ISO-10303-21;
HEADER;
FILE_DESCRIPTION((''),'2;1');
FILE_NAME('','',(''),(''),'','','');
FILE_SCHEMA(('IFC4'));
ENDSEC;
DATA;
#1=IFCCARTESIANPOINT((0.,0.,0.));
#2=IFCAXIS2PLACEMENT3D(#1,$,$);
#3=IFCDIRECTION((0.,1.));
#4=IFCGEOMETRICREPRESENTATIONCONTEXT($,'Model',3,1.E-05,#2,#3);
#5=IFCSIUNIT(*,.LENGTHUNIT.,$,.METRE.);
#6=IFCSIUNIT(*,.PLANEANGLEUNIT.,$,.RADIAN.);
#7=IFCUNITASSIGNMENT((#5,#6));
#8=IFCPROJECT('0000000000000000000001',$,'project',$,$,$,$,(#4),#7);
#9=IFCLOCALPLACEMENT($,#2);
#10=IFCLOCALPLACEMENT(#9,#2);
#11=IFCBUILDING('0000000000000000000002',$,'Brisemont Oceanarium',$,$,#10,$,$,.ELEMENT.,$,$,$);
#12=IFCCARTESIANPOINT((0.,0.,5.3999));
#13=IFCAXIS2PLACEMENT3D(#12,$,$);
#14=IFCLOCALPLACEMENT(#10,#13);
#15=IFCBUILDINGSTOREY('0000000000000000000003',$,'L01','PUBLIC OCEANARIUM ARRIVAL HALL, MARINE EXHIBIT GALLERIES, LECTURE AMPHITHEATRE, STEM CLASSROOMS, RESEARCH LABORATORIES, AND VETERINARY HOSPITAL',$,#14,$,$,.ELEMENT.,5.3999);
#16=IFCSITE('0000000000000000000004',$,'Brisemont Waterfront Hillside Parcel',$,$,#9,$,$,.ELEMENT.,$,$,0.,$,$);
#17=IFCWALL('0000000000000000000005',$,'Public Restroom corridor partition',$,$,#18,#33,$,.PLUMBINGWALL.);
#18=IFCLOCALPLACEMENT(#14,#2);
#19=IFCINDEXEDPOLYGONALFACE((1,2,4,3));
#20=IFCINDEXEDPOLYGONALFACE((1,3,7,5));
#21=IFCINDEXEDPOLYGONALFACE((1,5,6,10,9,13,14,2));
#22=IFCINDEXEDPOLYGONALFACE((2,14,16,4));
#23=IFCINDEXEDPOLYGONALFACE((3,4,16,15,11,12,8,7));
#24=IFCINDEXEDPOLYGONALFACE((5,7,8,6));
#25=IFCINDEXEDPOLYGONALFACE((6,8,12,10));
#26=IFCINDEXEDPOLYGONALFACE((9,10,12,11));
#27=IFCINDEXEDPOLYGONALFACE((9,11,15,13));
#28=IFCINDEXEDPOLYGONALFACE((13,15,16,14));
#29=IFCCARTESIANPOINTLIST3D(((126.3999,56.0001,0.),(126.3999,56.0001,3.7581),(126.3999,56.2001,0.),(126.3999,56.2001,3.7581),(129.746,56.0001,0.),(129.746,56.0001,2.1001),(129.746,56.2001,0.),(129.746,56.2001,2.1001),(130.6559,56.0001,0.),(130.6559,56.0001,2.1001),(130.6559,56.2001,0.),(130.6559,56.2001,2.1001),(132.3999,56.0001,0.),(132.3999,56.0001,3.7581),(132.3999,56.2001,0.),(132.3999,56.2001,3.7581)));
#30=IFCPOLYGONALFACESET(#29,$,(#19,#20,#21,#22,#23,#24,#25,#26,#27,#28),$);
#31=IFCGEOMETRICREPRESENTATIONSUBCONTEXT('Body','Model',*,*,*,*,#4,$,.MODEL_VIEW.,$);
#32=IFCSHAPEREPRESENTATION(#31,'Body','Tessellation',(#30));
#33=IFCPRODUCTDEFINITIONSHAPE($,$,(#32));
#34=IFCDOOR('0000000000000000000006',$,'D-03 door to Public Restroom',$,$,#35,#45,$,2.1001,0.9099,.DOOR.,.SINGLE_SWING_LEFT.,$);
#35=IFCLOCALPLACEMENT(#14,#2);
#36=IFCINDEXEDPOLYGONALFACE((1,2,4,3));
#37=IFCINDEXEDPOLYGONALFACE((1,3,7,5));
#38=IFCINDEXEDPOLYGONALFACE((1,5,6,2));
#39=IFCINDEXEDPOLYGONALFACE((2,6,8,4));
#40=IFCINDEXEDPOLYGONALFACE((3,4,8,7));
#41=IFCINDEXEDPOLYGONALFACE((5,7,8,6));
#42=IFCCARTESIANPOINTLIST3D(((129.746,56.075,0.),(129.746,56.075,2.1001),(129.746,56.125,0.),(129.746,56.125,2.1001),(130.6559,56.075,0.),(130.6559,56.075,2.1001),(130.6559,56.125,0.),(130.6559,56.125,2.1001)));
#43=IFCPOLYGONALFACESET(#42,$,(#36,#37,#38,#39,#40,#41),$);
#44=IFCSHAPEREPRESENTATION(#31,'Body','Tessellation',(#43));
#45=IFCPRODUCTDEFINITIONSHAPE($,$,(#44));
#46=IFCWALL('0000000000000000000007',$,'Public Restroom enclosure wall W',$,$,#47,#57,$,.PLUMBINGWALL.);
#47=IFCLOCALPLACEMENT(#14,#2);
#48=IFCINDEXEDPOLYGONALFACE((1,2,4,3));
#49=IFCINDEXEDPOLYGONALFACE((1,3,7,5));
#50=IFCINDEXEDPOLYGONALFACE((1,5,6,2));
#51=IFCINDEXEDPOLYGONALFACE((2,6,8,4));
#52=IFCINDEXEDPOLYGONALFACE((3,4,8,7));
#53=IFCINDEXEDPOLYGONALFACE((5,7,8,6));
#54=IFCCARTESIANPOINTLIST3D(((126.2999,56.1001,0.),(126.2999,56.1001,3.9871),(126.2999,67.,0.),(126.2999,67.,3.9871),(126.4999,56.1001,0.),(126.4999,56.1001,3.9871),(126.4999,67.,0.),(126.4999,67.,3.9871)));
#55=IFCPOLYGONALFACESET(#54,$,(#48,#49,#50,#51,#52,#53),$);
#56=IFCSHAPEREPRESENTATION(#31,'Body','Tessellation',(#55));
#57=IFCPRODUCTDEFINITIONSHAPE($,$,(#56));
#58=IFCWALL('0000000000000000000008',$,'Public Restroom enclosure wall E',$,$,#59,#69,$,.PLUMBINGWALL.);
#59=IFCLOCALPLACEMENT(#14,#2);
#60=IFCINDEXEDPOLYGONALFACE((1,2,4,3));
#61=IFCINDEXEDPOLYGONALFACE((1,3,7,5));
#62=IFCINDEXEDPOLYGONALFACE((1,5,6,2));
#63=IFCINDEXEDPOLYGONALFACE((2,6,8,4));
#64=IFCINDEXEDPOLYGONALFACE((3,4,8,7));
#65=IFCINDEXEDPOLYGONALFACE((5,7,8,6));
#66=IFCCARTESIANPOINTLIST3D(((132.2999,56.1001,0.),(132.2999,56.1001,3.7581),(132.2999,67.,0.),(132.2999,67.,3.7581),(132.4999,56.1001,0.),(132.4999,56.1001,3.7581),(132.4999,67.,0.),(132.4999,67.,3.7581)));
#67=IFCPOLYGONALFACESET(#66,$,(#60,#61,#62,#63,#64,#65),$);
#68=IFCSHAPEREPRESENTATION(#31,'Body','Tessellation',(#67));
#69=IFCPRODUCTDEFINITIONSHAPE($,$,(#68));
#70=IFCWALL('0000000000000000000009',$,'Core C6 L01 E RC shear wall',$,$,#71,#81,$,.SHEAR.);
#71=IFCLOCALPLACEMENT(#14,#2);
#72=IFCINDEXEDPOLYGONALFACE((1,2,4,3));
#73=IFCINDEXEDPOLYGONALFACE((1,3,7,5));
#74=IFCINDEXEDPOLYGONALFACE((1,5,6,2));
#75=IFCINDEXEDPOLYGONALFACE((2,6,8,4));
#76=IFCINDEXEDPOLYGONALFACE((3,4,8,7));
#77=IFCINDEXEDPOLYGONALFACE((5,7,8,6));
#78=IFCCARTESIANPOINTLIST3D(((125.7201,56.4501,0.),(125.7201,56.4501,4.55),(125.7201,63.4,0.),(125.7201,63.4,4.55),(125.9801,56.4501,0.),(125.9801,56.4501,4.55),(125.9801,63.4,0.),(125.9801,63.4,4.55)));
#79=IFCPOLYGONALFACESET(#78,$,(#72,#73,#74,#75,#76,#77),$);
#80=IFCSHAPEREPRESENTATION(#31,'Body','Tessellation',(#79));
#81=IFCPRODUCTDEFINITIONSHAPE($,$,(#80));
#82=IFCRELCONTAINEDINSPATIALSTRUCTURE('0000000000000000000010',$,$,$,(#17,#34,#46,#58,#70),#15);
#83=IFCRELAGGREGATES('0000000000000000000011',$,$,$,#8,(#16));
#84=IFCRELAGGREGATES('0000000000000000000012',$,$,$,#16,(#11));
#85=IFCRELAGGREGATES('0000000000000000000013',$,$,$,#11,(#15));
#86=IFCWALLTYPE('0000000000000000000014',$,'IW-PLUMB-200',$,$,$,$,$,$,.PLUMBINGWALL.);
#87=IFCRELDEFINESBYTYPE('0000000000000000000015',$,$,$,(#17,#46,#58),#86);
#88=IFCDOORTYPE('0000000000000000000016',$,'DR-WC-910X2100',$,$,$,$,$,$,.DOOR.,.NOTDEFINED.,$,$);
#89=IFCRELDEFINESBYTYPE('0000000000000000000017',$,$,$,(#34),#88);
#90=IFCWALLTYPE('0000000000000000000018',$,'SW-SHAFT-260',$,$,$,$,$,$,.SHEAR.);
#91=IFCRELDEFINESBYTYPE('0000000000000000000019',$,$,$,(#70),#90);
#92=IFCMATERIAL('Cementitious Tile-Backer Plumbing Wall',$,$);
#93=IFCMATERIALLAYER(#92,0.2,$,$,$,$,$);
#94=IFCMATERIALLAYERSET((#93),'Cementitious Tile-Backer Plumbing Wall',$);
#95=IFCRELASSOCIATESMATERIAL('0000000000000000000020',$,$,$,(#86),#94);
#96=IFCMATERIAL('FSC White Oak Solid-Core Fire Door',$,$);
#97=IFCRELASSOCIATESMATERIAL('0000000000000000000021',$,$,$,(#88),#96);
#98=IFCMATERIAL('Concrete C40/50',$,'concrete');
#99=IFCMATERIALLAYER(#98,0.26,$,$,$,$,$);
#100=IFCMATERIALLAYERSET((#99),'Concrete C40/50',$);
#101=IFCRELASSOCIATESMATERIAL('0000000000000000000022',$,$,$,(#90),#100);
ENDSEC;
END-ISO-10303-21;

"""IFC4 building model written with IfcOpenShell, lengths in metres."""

from ifc_helpers import new_model, si_unit, direction, frame, frame_2d, origin, place, context, subcontext, project, spatial, rectangle, extrude, material, layer, layer_set, type_object, element, fill, save


model = new_model("IFC4")

# Units and contexts
model_context = context("Model", 3, precision=1e-05, world=origin(), true_north=direction((0.0, 1.0)))
body_context = subcontext(model_context, "Body", "Model", "MODEL_VIEW")
ifc_project = project(units=[si_unit("LENGTHUNIT", "METRE"), si_unit("PLANEANGLEUNIT", "RADIAN")], contexts=[model_context])

# Site, building, storey
site_placement = place(None, origin())
site = spatial("IfcSite", under=ifc_project, at=site_placement, Name="Brisemont Waterfront Hillside Parcel", CompositionType="ELEMENT", RefElevation=0.0)
building_placement = place(site_placement, origin())
building = spatial("IfcBuilding", under=site, at=building_placement, Name="Brisemont Oceanarium", CompositionType="ELEMENT")
storey_placement = place(building_placement, frame((0.0, 0.0, 5.3999)))
storey = spatial("IfcBuildingStorey", under=building, at=storey_placement, Name="L01", Description="PUBLIC OCEANARIUM ARRIVAL HALL, MARINE EXHIBIT GALLERIES, LECTURE AMPHITHEATRE, STEM CLASSROOMS, RESEARCH LABORATORIES, AND VETERINARY HOSPITAL", CompositionType="ELEMENT", Elevation=5.3999)

# Wall, opening, door
ifc_material_1 = material(Name="Cementitious Tile-Backer Plumbing Wall")
ifc_layer_1 = layer(ifc_material_1, 0.2)
ifc_layer_set_1 = layer_set([ifc_layer_1], Name="Cementitious Tile-Backer Plumbing Wall")
wall_type_1 = type_object("IfcWallType", Name="IW-PLUMB-200", PredefinedType="PLUMBINGWALL", material=ifc_layer_set_1)
wall_1_placement = place(storey_placement, frame((126.3999, 56.1001, 0.0), z_axis=(0.0, 0.0, 1.0), x_axis=(1.0, 0.0, 0.0)))
wall_1 = element("IfcWall", 1, at=wall_1_placement, inside=storey, type_object=wall_type_1, Name="Public Restroom corridor partition", PredefinedType="PLUMBINGWALL", context=body_context, shape_type="SweptSolid", body=[
    extrude(rectangle(XDim=6.0, YDim=0.2, at=frame_2d((3.0, 0.0))), origin(), (0.0, 0.0, 1.0), 3.7581),
])
opening_1_placement = place(wall_1_placement, frame((3.3459, 0.0, 0.0)))
opening_1 = element("IfcOpeningElement", 2, at=opening_1_placement, cuts=wall_1, PredefinedType="OPENING", context=body_context, shape_type="SweptSolid", body=[
    extrude(rectangle(XDim=0.9099, YDim=2.1001, at=frame_2d((0.4551, 1.05))), frame((0.0, 0.1099, 0.0), z_axis=(0.0, -1.0, 0.0), x_axis=(1.0, 0.0, 0.0)), (0.0, 0.0, 1.0), 0.22),
])
ifc_material_2 = material(Name="FSC White Oak Solid-Core Fire Door")
door_type_1 = type_object("IfcDoorType", Name="DR-WC-910X2100", OperationType="NOTDEFINED", PredefinedType="DOOR", material=ifc_material_2)
door_1_placement = place(opening_1_placement, origin())
door_1 = element("IfcDoor", 3, at=door_1_placement, inside=storey, type_object=door_type_1, Name="D-03 door to Public Restroom", OperationType="SINGLE_SWING_LEFT", OverallHeight=2.1001, OverallWidth=0.9099, PredefinedType="DOOR", context=body_context, shape_type="SweptSolid", body=[
    extrude(rectangle(XDim=0.9099, YDim=2.1001, at=frame_2d((0.4551, 1.05))), frame((0.0, 0.0249, 0.0), z_axis=(0.0, -1.0, 0.0), x_axis=(1.0, 0.0, 0.0)), (0.0, 0.0, 1.0), 0.05),
])
fill(opening_1, door_1)

# Walls
wall_2_placement = place(storey_placement, frame((126.3999, 56.1001, 0.0), z_axis=(0.0, 0.0, 1.0), x_axis=(0.0, 1.0, 0.0)))
element("IfcWall", 4, at=wall_2_placement, inside=storey, type_object=wall_type_1, Name="Public Restroom enclosure wall W", PredefinedType="PLUMBINGWALL", context=body_context, shape_type="SweptSolid", body=[
    extrude(rectangle(XDim=10.8999, YDim=0.2, at=frame_2d((5.45, 0.0))), origin(), (0.0, 0.0, 1.0), 3.9871),
])
wall_3_placement = place(storey_placement, frame((132.3999, 56.1001, 0.0), z_axis=(0.0, 0.0, 1.0), x_axis=(0.0, 1.0, 0.0)))
element("IfcWall", 5, at=wall_3_placement, inside=storey, type_object=wall_type_1, Name="Public Restroom enclosure wall E", PredefinedType="PLUMBINGWALL", context=body_context, shape_type="SweptSolid", body=[
    extrude(rectangle(XDim=10.8999, YDim=0.2, at=frame_2d((5.45, 0.0))), origin(), (0.0, 0.0, 1.0), 3.7581),
])
ifc_material_3 = material(Name="Concrete C40/50", Category="concrete")
ifc_layer_2 = layer(ifc_material_3, 0.26)
ifc_layer_set_2 = layer_set([ifc_layer_2], Name="Concrete C40/50")
wall_type_2 = type_object("IfcWallType", Name="SW-SHAFT-260", PredefinedType="SHEAR", material=ifc_layer_set_2)
wall_4_placement = place(storey_placement, frame((125.8501, 56.45, 0.0), z_axis=(0.0, 0.0, 1.0), x_axis=(0.0, 1.0, 0.0)))
element("IfcWall", 6, at=wall_4_placement, inside=storey, type_object=wall_type_2, Name="Core C6 L01 E RC shear wall", PredefinedType="SHEAR", context=body_context, shape_type="SweptSolid", body=[
    extrude(rectangle(XDim=6.95, YDim=0.26, at=frame_2d((3.4751, 0.0))), origin(), (0.0, 0.0, 1.0), 4.55),
])

save(model, "model.ifc")
